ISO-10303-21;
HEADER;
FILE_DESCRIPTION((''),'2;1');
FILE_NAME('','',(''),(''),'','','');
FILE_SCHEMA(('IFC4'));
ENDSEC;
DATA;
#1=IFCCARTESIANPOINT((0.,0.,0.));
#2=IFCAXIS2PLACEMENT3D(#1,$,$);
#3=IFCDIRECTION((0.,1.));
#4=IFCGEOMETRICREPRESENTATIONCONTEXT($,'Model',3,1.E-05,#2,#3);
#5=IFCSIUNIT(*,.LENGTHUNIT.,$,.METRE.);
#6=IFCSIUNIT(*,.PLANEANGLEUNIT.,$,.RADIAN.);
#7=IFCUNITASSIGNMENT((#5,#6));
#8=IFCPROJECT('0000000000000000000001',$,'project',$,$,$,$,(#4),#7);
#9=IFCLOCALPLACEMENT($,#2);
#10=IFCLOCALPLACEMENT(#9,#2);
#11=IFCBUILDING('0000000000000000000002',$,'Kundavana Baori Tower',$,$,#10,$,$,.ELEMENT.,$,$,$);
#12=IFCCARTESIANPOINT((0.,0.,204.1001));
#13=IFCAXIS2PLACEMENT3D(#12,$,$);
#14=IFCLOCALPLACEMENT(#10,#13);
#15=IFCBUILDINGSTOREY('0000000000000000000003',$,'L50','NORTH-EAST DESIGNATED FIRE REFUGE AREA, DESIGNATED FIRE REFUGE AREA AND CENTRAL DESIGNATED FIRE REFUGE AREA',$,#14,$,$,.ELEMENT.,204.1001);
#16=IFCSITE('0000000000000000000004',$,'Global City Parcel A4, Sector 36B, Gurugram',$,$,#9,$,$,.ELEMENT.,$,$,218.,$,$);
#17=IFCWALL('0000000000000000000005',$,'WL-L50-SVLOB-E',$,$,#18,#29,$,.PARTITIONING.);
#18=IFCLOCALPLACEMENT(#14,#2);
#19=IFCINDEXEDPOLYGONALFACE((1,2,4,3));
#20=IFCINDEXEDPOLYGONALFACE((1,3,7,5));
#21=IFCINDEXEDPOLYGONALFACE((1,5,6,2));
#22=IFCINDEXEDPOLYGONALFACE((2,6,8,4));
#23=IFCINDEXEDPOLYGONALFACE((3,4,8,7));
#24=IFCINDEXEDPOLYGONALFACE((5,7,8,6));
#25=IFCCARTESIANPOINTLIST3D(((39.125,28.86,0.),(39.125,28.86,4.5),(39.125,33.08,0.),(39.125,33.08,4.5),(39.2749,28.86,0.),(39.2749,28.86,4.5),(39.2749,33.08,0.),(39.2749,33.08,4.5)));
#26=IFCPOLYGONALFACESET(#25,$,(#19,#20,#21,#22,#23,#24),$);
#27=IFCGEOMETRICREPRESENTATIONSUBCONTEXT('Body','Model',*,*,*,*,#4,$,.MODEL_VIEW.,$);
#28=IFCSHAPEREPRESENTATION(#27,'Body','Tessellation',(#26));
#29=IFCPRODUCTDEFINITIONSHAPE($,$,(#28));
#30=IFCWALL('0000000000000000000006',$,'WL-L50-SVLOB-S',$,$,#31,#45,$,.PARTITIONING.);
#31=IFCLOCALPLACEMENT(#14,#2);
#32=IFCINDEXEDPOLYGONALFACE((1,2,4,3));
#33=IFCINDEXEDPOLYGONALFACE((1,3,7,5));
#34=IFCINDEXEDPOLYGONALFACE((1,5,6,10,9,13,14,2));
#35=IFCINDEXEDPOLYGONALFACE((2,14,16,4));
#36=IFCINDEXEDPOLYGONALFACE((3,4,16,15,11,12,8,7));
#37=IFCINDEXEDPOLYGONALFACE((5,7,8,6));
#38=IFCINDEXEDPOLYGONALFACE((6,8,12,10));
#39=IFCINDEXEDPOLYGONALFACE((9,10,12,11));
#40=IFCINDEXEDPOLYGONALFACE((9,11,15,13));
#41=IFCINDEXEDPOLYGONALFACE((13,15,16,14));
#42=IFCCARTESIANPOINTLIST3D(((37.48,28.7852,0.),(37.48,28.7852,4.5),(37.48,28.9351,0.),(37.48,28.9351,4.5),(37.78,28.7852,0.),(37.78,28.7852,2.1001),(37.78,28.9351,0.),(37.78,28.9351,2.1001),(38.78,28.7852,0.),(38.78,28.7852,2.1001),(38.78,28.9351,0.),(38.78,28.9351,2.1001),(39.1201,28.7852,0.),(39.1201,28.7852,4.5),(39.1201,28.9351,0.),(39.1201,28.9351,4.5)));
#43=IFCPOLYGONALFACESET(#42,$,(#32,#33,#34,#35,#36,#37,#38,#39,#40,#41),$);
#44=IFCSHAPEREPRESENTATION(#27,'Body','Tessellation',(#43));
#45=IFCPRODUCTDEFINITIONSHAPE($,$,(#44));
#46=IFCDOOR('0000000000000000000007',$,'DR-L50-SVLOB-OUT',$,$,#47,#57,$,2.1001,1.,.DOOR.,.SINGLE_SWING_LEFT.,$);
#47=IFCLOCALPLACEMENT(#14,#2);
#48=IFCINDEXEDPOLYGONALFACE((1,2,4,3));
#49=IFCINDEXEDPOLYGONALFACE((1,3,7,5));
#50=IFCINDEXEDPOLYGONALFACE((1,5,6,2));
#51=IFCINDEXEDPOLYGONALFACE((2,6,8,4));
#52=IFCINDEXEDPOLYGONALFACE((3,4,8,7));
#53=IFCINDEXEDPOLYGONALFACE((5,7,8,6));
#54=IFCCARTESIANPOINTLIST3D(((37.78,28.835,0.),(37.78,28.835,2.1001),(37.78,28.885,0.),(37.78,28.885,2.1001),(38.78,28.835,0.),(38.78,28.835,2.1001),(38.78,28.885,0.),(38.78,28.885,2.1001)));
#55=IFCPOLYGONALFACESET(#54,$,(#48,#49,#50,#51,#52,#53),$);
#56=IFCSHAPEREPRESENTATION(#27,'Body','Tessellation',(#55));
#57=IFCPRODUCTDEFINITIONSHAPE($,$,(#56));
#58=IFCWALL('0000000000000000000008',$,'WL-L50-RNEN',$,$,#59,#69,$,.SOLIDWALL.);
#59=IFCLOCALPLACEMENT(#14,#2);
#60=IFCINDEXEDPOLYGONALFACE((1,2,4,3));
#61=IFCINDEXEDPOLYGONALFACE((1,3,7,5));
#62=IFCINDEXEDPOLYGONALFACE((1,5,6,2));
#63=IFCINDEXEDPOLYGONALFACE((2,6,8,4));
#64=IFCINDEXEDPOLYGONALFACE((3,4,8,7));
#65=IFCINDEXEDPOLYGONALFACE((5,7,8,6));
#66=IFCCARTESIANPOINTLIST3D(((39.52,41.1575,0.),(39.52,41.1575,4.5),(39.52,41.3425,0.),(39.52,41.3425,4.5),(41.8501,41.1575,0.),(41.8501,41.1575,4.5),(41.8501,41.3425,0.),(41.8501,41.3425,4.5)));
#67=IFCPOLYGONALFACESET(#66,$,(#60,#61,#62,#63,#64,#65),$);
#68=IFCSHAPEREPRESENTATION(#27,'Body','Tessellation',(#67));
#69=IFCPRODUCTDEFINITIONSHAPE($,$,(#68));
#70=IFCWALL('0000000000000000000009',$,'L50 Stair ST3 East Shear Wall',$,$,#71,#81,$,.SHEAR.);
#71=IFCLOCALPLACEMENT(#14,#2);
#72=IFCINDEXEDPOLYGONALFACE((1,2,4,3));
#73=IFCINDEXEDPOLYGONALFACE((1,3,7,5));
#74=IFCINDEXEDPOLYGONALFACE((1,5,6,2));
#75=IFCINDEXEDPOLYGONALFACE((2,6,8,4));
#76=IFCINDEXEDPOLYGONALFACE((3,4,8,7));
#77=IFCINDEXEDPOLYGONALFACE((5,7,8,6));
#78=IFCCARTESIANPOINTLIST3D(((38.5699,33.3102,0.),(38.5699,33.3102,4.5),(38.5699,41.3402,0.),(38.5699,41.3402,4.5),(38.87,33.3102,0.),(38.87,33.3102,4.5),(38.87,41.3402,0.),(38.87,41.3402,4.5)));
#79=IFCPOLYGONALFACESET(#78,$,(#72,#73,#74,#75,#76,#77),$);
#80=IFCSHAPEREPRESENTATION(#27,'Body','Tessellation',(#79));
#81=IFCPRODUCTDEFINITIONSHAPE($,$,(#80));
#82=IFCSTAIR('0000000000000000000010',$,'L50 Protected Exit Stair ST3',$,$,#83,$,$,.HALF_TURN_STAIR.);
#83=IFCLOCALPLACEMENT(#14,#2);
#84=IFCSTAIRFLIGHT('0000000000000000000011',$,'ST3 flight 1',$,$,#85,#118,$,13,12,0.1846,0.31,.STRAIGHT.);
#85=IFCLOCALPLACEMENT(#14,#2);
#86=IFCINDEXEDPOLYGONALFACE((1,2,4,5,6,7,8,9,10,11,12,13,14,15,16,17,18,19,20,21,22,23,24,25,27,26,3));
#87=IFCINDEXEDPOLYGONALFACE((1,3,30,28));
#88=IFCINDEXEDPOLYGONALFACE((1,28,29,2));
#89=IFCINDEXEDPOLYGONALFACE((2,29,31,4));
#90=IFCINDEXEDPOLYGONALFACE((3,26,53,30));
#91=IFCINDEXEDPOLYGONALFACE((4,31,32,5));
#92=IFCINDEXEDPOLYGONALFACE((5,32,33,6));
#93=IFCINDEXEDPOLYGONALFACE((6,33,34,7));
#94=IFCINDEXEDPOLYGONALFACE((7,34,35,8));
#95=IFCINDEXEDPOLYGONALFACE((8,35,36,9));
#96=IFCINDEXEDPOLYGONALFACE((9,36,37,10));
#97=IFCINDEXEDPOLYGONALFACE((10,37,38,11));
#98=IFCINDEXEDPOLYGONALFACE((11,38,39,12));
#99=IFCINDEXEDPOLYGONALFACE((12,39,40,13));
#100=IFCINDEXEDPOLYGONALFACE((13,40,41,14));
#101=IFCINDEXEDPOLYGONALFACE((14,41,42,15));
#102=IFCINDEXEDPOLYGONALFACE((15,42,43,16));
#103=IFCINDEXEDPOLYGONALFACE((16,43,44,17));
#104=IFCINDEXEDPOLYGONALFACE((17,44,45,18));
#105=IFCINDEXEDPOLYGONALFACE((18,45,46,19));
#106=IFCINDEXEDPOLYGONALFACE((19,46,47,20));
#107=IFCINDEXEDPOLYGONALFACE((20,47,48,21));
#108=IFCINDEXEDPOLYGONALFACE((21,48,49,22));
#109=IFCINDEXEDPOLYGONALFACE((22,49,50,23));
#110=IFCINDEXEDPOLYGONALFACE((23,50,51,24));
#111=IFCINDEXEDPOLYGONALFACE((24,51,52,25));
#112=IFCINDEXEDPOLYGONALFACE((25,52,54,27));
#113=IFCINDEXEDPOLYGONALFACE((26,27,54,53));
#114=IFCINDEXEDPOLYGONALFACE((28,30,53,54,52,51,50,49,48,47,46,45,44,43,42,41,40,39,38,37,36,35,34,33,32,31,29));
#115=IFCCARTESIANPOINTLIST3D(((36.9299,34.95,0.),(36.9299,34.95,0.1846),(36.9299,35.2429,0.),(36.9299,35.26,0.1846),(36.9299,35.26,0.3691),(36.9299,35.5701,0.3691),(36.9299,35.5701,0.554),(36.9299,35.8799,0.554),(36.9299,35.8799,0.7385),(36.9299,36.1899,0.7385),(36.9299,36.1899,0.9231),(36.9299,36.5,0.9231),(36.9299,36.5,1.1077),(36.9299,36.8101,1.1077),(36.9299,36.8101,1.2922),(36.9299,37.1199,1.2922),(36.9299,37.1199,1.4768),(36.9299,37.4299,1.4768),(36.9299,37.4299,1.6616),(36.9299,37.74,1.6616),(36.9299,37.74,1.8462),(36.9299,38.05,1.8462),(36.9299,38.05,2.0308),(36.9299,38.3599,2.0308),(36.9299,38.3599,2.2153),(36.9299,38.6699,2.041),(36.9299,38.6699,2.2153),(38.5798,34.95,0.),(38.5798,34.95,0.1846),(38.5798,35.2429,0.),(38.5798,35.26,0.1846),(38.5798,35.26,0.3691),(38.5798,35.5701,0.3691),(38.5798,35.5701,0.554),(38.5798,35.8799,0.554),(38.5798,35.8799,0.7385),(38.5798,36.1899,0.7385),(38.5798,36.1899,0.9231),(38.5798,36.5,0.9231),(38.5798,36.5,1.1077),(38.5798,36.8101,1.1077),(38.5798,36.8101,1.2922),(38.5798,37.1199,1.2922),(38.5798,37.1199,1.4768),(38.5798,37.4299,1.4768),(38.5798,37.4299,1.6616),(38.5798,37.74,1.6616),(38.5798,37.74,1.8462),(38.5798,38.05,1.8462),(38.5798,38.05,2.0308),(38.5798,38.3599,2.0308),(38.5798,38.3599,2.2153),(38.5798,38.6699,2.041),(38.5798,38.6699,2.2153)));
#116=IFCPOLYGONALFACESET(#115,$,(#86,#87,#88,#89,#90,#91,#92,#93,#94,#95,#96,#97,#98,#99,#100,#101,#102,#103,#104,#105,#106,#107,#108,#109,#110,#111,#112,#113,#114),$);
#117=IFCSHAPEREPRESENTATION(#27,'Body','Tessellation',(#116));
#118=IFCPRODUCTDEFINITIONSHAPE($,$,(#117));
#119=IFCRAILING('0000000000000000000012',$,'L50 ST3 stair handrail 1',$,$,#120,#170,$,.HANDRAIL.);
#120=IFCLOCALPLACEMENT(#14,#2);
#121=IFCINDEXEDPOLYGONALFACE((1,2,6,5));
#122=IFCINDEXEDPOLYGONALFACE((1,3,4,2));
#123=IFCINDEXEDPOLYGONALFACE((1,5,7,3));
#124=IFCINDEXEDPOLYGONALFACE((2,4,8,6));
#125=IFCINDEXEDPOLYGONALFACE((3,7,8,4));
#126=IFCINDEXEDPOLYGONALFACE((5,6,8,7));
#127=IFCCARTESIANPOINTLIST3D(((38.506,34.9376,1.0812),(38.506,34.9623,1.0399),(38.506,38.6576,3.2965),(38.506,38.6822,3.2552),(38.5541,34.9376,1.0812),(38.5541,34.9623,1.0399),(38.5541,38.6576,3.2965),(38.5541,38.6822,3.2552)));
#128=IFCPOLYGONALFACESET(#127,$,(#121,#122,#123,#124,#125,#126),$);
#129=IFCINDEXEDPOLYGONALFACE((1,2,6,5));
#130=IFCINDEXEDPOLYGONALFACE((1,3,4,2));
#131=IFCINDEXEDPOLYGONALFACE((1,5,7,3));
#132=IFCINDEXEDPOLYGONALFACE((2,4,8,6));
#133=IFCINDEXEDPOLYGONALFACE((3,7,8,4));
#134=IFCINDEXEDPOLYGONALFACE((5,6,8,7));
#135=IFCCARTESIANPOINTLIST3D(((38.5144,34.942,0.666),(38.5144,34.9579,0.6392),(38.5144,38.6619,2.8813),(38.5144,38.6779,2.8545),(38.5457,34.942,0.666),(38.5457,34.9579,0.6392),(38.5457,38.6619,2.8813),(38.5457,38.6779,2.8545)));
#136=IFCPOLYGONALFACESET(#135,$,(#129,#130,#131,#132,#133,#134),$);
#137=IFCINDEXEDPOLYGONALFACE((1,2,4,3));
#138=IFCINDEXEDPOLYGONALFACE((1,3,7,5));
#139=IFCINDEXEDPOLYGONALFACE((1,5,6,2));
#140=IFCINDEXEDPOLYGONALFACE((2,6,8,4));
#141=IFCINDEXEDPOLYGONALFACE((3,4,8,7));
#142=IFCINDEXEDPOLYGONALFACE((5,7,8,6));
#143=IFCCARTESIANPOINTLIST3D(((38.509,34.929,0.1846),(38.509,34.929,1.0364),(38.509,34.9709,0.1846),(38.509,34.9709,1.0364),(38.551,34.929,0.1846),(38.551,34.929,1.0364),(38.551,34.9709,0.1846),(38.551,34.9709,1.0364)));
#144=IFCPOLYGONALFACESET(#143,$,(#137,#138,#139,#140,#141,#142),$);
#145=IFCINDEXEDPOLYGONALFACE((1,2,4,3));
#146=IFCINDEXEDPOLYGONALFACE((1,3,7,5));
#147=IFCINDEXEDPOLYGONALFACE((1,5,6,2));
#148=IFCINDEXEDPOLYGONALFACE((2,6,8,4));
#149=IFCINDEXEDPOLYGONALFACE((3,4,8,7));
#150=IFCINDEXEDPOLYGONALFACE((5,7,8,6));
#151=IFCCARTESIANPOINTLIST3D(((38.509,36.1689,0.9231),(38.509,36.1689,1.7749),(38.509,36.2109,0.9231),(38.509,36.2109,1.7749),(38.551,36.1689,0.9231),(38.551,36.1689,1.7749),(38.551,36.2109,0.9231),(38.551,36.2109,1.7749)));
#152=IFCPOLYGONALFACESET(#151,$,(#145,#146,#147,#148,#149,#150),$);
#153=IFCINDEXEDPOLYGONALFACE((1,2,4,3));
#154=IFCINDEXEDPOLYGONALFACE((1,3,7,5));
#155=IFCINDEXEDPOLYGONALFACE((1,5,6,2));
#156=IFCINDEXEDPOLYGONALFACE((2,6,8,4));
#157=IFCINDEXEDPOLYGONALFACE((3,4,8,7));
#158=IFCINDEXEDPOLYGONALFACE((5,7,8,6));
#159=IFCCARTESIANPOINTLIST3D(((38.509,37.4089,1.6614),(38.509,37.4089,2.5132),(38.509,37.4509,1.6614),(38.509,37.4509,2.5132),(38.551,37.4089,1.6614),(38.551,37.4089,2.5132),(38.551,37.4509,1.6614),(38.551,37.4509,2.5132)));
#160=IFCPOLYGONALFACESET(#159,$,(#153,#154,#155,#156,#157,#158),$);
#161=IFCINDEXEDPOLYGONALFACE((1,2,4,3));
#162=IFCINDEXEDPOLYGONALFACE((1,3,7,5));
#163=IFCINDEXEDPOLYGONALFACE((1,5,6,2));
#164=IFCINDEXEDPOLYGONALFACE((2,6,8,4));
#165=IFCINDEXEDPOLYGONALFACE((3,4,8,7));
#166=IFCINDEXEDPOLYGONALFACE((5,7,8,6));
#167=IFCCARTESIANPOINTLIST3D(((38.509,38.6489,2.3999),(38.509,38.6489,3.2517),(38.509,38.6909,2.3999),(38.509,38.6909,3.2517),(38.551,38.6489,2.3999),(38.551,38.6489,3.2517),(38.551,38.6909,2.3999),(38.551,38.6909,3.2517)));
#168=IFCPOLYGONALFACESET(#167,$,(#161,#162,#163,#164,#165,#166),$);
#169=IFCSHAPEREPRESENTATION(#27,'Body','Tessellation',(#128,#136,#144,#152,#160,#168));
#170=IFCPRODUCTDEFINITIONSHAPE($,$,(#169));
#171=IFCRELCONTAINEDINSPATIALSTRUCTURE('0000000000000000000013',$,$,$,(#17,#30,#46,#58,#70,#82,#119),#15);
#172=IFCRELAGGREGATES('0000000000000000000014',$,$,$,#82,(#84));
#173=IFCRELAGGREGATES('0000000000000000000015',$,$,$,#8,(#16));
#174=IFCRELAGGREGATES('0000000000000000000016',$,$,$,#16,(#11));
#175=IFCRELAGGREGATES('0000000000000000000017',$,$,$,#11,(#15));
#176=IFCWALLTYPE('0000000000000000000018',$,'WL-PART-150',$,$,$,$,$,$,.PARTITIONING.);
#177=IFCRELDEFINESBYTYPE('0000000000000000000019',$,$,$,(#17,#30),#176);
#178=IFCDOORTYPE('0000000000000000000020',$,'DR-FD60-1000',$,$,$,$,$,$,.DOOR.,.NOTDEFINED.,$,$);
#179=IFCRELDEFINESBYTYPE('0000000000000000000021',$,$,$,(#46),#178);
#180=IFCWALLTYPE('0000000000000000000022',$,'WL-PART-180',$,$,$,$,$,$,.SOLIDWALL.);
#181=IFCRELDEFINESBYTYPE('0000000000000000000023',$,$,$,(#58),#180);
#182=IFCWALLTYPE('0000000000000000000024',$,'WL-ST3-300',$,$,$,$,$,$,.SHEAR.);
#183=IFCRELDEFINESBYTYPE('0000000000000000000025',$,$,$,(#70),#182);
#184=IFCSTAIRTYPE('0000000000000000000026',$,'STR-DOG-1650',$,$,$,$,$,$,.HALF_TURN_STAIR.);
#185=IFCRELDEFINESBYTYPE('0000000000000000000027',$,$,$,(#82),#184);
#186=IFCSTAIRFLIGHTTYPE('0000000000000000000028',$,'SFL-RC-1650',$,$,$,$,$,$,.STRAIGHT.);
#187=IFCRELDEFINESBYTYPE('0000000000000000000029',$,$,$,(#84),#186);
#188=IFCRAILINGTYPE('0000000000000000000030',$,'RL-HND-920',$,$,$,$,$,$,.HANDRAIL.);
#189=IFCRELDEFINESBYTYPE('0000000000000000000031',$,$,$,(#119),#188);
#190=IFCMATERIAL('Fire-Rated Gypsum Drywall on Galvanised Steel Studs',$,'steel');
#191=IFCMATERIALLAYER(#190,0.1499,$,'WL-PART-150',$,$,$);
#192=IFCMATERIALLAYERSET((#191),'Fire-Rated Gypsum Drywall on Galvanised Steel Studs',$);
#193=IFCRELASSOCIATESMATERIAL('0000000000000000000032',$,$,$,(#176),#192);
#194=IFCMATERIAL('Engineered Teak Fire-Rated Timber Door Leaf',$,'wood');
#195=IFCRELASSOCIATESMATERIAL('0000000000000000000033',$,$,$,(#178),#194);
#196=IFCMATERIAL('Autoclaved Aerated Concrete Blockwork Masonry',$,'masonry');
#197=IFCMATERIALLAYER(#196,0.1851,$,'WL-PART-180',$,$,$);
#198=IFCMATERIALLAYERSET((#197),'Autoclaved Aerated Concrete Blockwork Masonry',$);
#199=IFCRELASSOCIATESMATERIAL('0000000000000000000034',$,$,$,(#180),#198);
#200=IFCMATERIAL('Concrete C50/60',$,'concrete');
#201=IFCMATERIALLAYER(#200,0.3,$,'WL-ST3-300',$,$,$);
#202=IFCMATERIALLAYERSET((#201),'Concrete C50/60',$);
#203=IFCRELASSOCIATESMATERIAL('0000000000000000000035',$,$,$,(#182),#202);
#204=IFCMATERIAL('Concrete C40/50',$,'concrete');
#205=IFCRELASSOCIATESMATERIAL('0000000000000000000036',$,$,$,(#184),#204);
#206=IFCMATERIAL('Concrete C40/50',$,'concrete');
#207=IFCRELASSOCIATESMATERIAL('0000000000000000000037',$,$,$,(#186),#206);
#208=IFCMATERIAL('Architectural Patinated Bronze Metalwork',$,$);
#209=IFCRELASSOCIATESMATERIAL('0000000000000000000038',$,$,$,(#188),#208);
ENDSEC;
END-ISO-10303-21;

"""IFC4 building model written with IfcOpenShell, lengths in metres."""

from ifc_helpers import new_model, si_unit, direction, frame, frame_2d, origin, origin_2d, place, context, subcontext, project, spatial, polyline, rectangle, outline, extrude, material, layer, layer_set, type_object, element, fill, aggregate, save


model = new_model("IFC4")

# Units and contexts
model_context = context("Model", 3, precision=1e-05, world=origin(), true_north=direction((0.0, 1.0)))
body_context = subcontext(model_context, "Body", "Model", "MODEL_VIEW")
ifc_project = project(units=[si_unit("LENGTHUNIT", "METRE"), si_unit("PLANEANGLEUNIT", "RADIAN")], contexts=[model_context])

# Site, building, storey
site_placement = place(None, origin())
site = spatial("IfcSite", under=ifc_project, at=site_placement, Name="Global City Parcel A4, Sector 36B, Gurugram", CompositionType="ELEMENT", RefElevation=218.0)
building_placement = place(site_placement, origin())
building = spatial("IfcBuilding", under=site, at=building_placement, Name="Kundavana Baori Tower", CompositionType="ELEMENT")
storey_placement = place(building_placement, frame((0.0, 0.0, 204.1001)))
storey = spatial("IfcBuildingStorey", under=building, at=storey_placement, Name="L50", Description="NORTH-EAST DESIGNATED FIRE REFUGE AREA, DESIGNATED FIRE REFUGE AREA AND CENTRAL DESIGNATED FIRE REFUGE AREA", CompositionType="ELEMENT", Elevation=204.1001)

# Wall
ifc_material_1 = material(Name="Fire-Rated Gypsum Drywall on Galvanised Steel Studs", Category="steel")
ifc_layer_1 = layer(ifc_material_1, 0.1499, Name="WL-PART-150")
ifc_layer_set_1 = layer_set([ifc_layer_1], Name="Fire-Rated Gypsum Drywall on Galvanised Steel Studs")
wall_type_1 = type_object("IfcWallType", Name="WL-PART-150", PredefinedType="PARTITIONING", material=ifc_layer_set_1)
wall_1_placement = place(storey_placement, frame((39.2, 28.8601, 0.0), z_axis=(0.0, 0.0, 1.0), x_axis=(0.0, 1.0, 0.0)))
element("IfcWall", 1, at=wall_1_placement, inside=storey, type_object=wall_type_1, Name="WL-L50-SVLOB-E", PredefinedType="PARTITIONING", context=body_context, shape_type="SweptSolid", body=[
    extrude(rectangle(XDim=4.22, YDim=0.1499, at=frame_2d((2.1099, 0.0))), origin(), (0.0, 0.0, 1.0), 4.5),
])

# Wall, opening, door
wall_2_placement = place(storey_placement, frame((37.48, 28.8601, 0.0), z_axis=(0.0, 0.0, 1.0), x_axis=(1.0, 0.0, 0.0)))
wall_2 = element("IfcWall", 2, at=wall_2_placement, inside=storey, type_object=wall_type_1, Name="WL-L50-SVLOB-S", PredefinedType="PARTITIONING", context=body_context, shape_type="SweptSolid", body=[
    extrude(rectangle(XDim=1.6401, YDim=0.1499, at=frame_2d((0.8201, 0.0))), origin(), (0.0, 0.0, 1.0), 4.5),
])
opening_1_placement = place(wall_2_placement, frame((0.3, 0.0, 0.0)))
opening_1 = element("IfcOpeningElement", 3, at=opening_1_placement, cuts=wall_2, PredefinedType="OPENING", context=body_context, shape_type="SweptSolid", body=[
    extrude(rectangle(XDim=1.0, YDim=2.1001, at=frame_2d((0.5, 1.05))), frame((0.0, 0.085, 0.0), z_axis=(0.0, -1.0, 0.0), x_axis=(1.0, 0.0, 0.0)), (0.0, 0.0, 1.0), 0.1699),
])
ifc_material_2 = material(Name="Engineered Teak Fire-Rated Timber Door Leaf", Category="wood")
door_type_1 = type_object("IfcDoorType", Name="DR-FD60-1000", OperationType="NOTDEFINED", PredefinedType="DOOR", material=ifc_material_2)
door_1_placement = place(opening_1_placement, origin())
door_1 = element("IfcDoor", 4, at=door_1_placement, inside=storey, type_object=door_type_1, Name="DR-L50-SVLOB-OUT", OperationType="SINGLE_SWING_LEFT", OverallHeight=2.1001, OverallWidth=1.0, PredefinedType="DOOR", context=body_context, shape_type="SweptSolid", body=[
    extrude(rectangle(XDim=1.0, YDim=2.1001, at=frame_2d((0.5, 1.05))), frame((0.0, 0.0249, 0.0), z_axis=(0.0, -1.0, 0.0), x_axis=(1.0, 0.0, 0.0)), (0.0, 0.0, 1.0), 0.05),
])
fill(opening_1, door_1)

# Wall
ifc_material_3 = material(Name="Autoclaved Aerated Concrete Blockwork Masonry", Category="masonry")
ifc_layer_2 = layer(ifc_material_3, 0.1851, Name="WL-PART-180")
ifc_layer_set_2 = layer_set([ifc_layer_2], Name="Autoclaved Aerated Concrete Blockwork Masonry")
wall_type_2 = type_object("IfcWallType", Name="WL-PART-180", PredefinedType="SOLIDWALL", material=ifc_layer_set_2)
wall_3_placement = place(storey_placement, frame((39.52, 41.25, 0.0), z_axis=(0.0, 0.0, 1.0), x_axis=(1.0, 0.0, 0.0)))
element("IfcWall", 5, at=wall_3_placement, inside=storey, type_object=wall_type_2, Name="WL-L50-RNEN", PredefinedType="SOLIDWALL", context=body_context, shape_type="SweptSolid", body=[
    extrude(rectangle(XDim=2.3301, YDim=0.1851, at=frame_2d((1.165, 0.0))), origin(), (0.0, 0.0, 1.0), 4.5),
])

# Wall
ifc_material_4 = material(Name="Concrete C50/60", Category="concrete")
ifc_layer_3 = layer(ifc_material_4, 0.3, Name="WL-ST3-300")
ifc_layer_set_3 = layer_set([ifc_layer_3], Name="Concrete C50/60")
wall_type_3 = type_object("IfcWallType", Name="WL-ST3-300", PredefinedType="SHEAR", material=ifc_layer_set_3)
wall_4_placement = place(storey_placement, frame((38.72, 33.3101, 0.0), z_axis=(0.0, 0.0, 1.0), x_axis=(0.0, 1.0, 0.0)))
element("IfcWall", 6, at=wall_4_placement, inside=storey, type_object=wall_type_3, Name="L50 Stair ST3 East Shear Wall", PredefinedType="SHEAR", context=body_context, shape_type="SweptSolid", body=[
    extrude(rectangle(XDim=8.03, YDim=0.3, at=frame_2d((4.0151, 0.0))), origin(), (0.0, 0.0, 1.0), 4.5),
])

# Stair, stair flight
ifc_material_5 = material(Name="Concrete C40/50", Category="concrete")
stair_type = type_object("IfcStairType", Name="STR-DOG-1650", PredefinedType="HALF_TURN_STAIR", material=ifc_material_5)
stair_placement = place(storey_placement, origin())
stair = element("IfcStair", 7, at=stair_placement, inside=storey, type_object=stair_type, Name="L50 Protected Exit Stair ST3", PredefinedType="HALF_TURN_STAIR")
ifc_material_6 = material(Name="Concrete C40/50", Category="concrete")
stair_flight_type = type_object("IfcStairFlightType", Name="SFL-RC-1650", PredefinedType="STRAIGHT", material=ifc_material_6)
stair_flight_placement = place(storey_placement, frame((37.7549, 34.95, 0.0), z_axis=(0.0, 0.0, 1.0), x_axis=(0.0, 1.0, 0.0)))
stair_flight = element("IfcStairFlight", 8, at=stair_flight_placement, type_object=stair_flight_type, Name="ST3 flight 1", NumberOfRisers=13, NumberOfTreads=12, PredefinedType="STRAIGHT", RiserHeight=0.1846, TreadLength=0.31, context=body_context, shape_type="SweptSolid", body=[
    extrude(outline(polyline([(0.0, 0.0), (0.0, 0.1846), (0.3101, 0.1846), (0.3101, 0.3691), (0.6201, 0.3691), (0.6201, 0.554), (0.9299, 0.554), (0.9299, 0.7385), (1.24, 0.7385), (1.24, 0.9231), (1.55, 0.9231), (1.55, 1.1077), (1.8601, 1.1077), (1.8601, 1.2922), (2.1699, 1.2922), (2.1699, 1.4768), (2.48, 1.4768), (2.48, 1.6616), (2.79, 1.6616), (2.79, 1.8462), (3.1001, 1.8462), (3.1001, 2.0308), (3.4099, 2.0308), (3.4099, 2.2153), (3.72, 2.2153), (3.72, 2.3999), (3.72, 2.041), (0.293, 0.0), (0.0, 0.0)])), frame((0.0, 0.825, 0.0), z_axis=(0.0, -1.0, 0.0), x_axis=(1.0, 0.0, 0.0)), (0.0, 0.0, 1.0), 1.6499),
])
aggregate(stair, [stair_flight])

# Railing
ifc_material_7 = material(Name="Architectural Patinated Bronze Metalwork")
railing_type = type_object("IfcRailingType", Name="RL-HND-920", PredefinedType="HANDRAIL", material=ifc_material_7)
railing_placement = place(storey_placement, frame((38.53, 34.95, 0.1846)))
element("IfcRailing", 9, at=railing_placement, inside=storey, type_object=railing_type, Name="L50 ST3 stair handrail 1", PredefinedType="HANDRAIL", context=body_context, shape_type="SweptSolid", body=[
    extrude(rectangle(XDim=0.0481, YDim=0.0481, at=origin_2d()), frame((0.0, 0.0, 0.876), z_axis=(0.0, 0.859185, 0.511665), x_axis=(-1.0, 0.0, 0.0)), (0.0, 0.0, 1.0), 4.3296),
    extrude(rectangle(XDim=0.0312, YDim=0.0312, at=origin_2d()), frame((0.0, 0.0, 0.468), z_axis=(0.0, 0.859185, 0.511665), x_axis=(-1.0, 0.0, 0.0)), (0.0, 0.0, 1.0), 4.3296),
    extrude(rectangle(XDim=0.042, YDim=0.042, at=origin_2d()), origin(), (0.0, 0.0, 1.0), 0.8518),
    extrude(rectangle(XDim=0.042, YDim=0.042, at=origin_2d()), frame((0.0, 1.24, 0.7385)), (0.0, 0.0, 1.0), 0.8518),
    extrude(rectangle(XDim=0.042, YDim=0.042, at=origin_2d()), frame((0.0, 2.48, 1.4768)), (0.0, 0.0, 1.0), 0.8518),
    extrude(rectangle(XDim=0.042, YDim=0.042, at=origin_2d()), frame((0.0, 3.72, 2.2153)), (0.0, 0.0, 1.0), 0.8518),
])

save(model, "model.ifc")
